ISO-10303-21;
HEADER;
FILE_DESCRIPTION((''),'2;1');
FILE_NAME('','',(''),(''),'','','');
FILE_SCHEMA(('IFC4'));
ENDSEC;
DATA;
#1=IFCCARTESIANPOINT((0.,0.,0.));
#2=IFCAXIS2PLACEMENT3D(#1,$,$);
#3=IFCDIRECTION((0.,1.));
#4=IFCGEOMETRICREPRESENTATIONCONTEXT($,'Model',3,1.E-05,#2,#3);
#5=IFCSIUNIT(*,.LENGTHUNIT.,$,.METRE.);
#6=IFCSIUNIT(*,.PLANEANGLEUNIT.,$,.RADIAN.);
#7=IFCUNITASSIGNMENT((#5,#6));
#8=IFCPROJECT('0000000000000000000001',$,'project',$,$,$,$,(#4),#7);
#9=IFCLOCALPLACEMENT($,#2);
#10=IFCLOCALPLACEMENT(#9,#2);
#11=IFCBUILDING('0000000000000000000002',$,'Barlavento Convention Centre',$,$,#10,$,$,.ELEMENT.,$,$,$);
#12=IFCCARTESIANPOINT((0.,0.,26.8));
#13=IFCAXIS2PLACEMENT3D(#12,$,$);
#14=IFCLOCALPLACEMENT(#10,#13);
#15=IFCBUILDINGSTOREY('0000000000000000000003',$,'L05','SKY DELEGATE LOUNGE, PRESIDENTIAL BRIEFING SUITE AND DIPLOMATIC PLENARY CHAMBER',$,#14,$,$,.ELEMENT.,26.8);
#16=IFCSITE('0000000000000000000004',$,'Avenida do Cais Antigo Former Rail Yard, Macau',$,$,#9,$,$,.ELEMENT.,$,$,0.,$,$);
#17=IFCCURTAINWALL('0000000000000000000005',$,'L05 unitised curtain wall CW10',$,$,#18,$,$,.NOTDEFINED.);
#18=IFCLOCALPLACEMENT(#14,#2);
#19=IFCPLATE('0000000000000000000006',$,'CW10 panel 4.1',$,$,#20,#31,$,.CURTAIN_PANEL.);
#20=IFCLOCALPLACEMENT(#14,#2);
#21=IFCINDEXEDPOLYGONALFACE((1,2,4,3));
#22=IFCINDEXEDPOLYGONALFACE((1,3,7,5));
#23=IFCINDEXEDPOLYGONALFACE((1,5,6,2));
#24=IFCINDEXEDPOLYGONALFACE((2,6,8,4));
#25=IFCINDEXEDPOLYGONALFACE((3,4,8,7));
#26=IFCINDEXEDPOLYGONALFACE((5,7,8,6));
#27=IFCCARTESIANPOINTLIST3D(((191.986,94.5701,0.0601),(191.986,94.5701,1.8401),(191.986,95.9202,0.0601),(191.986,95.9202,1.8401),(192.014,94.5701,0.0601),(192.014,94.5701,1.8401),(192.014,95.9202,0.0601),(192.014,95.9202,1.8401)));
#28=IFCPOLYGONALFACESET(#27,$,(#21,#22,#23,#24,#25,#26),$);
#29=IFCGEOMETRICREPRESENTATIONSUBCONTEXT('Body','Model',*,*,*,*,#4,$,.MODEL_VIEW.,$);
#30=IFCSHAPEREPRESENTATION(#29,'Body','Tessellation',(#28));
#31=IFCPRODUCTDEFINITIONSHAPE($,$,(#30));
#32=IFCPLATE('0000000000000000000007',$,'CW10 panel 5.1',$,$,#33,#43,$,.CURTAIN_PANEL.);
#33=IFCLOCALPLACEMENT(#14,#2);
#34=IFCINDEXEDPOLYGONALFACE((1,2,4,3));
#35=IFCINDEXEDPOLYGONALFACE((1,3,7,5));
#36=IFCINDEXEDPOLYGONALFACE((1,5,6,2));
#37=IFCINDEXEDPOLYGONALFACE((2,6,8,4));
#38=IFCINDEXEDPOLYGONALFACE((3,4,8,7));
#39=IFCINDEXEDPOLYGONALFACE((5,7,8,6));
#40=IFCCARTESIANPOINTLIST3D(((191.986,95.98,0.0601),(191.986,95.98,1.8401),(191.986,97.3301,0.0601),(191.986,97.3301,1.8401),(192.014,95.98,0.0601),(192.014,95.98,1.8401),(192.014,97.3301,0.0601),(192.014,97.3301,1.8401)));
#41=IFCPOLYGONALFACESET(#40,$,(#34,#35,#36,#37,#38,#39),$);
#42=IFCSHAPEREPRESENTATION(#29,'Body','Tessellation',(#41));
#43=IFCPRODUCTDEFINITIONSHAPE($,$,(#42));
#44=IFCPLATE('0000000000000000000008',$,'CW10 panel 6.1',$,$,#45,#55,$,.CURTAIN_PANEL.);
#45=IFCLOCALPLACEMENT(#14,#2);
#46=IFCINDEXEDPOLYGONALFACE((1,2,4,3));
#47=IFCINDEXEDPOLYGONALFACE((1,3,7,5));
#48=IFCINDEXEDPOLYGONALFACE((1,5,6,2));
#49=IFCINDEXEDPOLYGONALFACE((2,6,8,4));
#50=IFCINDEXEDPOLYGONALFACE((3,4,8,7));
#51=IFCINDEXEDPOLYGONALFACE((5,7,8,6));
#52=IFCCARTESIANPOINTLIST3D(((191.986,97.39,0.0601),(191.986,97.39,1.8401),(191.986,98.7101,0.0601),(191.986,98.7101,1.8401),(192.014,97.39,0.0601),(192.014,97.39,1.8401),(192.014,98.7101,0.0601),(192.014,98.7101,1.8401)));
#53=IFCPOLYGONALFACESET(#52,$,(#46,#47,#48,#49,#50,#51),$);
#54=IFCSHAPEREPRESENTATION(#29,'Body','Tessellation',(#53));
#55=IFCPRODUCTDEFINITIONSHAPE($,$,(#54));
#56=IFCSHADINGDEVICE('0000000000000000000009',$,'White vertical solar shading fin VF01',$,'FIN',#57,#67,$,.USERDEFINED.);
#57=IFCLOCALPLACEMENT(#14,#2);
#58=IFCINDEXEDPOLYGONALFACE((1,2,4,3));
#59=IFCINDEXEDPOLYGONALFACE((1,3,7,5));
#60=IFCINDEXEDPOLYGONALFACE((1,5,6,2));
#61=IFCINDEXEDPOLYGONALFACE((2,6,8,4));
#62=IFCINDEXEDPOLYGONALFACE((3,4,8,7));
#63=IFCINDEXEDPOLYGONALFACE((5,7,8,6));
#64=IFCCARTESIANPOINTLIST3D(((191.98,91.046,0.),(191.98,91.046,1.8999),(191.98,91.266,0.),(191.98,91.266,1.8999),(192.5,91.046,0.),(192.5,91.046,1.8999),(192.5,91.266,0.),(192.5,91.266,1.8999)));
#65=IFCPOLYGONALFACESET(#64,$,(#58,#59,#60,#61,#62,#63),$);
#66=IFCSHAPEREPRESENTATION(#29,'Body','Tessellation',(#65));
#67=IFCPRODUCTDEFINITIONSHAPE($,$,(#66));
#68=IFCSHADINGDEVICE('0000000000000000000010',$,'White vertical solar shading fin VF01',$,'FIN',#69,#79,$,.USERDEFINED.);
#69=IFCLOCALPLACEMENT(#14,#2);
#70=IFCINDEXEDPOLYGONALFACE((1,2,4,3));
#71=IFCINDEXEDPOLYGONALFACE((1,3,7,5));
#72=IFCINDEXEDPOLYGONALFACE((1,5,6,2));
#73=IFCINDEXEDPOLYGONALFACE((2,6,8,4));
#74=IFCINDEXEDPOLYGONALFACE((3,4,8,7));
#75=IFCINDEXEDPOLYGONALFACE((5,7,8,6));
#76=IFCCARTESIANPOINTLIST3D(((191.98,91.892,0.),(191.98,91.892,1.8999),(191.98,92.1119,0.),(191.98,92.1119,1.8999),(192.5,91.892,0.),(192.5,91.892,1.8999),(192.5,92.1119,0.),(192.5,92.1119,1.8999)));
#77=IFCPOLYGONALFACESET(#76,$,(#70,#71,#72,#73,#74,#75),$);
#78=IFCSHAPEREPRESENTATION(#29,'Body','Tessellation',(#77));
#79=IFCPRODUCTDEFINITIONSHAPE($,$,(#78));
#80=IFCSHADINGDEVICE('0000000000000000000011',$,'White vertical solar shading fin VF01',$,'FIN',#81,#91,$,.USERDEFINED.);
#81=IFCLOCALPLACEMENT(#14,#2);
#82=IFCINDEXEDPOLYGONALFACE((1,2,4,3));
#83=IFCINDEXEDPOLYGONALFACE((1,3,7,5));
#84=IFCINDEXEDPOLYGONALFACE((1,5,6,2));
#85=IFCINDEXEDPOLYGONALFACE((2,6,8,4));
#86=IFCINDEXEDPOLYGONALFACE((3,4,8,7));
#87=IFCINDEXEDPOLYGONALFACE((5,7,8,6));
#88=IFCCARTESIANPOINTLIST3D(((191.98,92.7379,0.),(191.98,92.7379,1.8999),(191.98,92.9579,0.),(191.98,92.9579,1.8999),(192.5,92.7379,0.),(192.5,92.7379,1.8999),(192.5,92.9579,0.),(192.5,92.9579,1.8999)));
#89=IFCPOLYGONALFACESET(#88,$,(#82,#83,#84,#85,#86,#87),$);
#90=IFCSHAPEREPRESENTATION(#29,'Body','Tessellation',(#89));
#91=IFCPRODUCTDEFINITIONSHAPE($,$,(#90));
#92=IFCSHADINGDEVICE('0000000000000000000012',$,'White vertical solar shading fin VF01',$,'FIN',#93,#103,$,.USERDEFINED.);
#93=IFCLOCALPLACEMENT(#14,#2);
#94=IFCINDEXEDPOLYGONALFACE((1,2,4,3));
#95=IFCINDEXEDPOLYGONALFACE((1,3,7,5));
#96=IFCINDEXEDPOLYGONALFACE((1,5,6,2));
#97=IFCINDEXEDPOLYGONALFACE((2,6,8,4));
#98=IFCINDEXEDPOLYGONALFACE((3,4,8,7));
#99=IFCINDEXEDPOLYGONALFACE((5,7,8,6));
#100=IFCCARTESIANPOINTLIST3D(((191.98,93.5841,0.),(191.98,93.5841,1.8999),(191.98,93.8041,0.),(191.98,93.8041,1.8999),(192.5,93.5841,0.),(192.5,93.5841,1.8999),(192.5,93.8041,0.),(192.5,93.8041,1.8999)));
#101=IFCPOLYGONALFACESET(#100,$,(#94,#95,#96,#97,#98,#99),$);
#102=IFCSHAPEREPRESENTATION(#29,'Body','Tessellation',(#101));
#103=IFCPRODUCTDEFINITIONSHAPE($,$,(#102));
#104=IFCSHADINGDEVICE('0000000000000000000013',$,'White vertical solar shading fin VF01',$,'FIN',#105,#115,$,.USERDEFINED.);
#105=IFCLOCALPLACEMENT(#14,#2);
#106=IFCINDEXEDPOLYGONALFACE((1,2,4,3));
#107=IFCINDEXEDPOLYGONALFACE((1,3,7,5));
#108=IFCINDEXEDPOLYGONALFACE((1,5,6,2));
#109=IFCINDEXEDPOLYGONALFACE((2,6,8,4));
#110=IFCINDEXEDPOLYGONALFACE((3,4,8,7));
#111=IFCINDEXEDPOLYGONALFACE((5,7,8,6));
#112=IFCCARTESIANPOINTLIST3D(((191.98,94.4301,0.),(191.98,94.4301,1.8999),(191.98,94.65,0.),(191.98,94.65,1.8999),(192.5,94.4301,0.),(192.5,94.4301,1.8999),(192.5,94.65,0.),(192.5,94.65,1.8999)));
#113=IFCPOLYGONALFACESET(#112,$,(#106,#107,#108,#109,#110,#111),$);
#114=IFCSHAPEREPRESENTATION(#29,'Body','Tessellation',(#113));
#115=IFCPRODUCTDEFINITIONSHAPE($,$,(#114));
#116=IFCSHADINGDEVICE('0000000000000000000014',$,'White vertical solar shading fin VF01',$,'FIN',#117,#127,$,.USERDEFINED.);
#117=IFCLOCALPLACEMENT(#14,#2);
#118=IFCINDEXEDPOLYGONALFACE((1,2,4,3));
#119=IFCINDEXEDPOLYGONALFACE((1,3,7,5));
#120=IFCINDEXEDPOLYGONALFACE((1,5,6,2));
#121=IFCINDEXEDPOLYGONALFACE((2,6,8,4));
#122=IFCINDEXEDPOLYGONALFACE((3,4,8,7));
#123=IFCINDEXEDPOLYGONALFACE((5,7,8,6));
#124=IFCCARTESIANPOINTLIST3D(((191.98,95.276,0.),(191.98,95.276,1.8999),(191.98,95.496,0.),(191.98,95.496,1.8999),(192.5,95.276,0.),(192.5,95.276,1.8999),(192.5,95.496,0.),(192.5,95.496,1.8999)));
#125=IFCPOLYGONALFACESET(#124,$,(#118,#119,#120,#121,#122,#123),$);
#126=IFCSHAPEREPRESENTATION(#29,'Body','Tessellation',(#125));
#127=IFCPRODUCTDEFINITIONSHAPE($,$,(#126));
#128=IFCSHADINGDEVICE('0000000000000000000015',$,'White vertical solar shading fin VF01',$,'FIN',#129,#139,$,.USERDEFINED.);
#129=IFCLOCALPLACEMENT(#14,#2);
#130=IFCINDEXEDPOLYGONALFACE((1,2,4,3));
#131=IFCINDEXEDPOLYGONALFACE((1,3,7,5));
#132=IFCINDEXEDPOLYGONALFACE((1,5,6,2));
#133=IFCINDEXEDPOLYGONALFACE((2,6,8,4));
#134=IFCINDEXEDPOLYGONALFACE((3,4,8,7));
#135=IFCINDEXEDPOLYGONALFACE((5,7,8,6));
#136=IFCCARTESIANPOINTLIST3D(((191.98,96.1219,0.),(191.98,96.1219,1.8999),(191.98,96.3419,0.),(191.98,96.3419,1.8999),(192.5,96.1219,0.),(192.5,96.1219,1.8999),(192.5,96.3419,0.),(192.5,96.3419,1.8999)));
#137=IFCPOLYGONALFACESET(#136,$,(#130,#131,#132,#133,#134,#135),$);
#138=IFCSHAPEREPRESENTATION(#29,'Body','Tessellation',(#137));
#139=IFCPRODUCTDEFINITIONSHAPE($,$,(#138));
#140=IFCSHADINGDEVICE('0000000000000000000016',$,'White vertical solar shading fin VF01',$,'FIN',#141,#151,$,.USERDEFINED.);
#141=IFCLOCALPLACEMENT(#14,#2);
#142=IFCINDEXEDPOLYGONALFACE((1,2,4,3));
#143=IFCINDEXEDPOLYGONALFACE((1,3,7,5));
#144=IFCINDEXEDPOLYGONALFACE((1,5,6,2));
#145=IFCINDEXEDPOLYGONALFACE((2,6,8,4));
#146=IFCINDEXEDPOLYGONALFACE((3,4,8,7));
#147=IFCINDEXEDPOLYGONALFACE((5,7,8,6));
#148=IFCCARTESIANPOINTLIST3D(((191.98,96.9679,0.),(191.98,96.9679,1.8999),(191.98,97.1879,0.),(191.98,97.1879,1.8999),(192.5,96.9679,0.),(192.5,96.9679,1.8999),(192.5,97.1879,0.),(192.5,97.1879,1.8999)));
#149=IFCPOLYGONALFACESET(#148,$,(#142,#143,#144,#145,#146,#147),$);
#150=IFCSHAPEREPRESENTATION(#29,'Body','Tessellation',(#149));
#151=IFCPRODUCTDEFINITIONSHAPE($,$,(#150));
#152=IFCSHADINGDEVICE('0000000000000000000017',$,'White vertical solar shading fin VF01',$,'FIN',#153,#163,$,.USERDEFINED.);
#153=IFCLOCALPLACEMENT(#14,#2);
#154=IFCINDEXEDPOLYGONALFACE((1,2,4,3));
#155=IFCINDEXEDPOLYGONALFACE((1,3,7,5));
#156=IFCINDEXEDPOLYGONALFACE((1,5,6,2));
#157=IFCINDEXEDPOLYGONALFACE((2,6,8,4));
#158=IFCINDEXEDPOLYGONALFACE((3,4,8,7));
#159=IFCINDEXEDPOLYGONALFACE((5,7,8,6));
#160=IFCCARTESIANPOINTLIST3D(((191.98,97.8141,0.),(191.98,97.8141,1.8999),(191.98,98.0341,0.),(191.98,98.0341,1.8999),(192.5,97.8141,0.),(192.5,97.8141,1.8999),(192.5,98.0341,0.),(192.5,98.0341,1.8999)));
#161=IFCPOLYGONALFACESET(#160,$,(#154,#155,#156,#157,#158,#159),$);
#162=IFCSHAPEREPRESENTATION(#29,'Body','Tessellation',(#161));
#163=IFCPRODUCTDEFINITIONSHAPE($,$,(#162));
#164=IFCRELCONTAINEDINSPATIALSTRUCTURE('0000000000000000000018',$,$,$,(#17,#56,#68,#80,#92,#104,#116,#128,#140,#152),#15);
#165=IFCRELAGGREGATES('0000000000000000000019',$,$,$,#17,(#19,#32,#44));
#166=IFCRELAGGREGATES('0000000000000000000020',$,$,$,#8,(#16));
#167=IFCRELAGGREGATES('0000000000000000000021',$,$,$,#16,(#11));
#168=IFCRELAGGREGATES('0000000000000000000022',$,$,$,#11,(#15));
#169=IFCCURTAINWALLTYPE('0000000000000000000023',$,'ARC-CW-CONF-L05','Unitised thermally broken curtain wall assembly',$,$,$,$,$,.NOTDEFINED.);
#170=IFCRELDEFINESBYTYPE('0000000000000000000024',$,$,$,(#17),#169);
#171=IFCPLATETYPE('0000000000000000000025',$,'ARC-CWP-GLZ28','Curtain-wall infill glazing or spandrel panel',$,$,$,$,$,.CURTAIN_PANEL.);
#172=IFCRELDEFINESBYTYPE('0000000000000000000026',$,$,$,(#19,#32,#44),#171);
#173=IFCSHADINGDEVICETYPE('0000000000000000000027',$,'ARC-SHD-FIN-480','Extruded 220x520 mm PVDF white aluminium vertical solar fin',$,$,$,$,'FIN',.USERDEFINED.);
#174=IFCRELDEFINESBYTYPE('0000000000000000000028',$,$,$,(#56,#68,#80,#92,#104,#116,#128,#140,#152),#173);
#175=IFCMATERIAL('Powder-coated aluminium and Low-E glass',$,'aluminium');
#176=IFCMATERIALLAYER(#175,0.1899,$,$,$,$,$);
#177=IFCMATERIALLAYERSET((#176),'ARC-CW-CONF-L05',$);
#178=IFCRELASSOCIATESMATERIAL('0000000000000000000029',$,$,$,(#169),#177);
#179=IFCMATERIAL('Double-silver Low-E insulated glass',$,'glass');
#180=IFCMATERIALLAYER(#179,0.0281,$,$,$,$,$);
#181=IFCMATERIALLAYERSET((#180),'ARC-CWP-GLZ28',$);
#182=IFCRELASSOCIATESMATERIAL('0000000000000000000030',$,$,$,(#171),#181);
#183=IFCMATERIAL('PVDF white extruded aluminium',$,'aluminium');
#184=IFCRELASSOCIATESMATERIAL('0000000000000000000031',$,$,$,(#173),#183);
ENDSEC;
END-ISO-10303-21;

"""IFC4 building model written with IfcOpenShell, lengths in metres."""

from ifc_helpers import new_model, si_unit, direction, frame, origin, origin_2d, place, context, subcontext, project, spatial, rectangle, extrude, material, layer, layer_set, type_object, element, aggregate, save


model = new_model("IFC4")

# Units and contexts
model_context = context("Model", 3, precision=1e-05, world=origin(), true_north=direction((0.0, 1.0)))
body_context = subcontext(model_context, "Body", "Model", "MODEL_VIEW")
ifc_project = project(units=[si_unit("LENGTHUNIT", "METRE"), si_unit("PLANEANGLEUNIT", "RADIAN")], contexts=[model_context])

# Site, building, storey
site_placement = place(None, origin())
site = spatial("IfcSite", under=ifc_project, at=site_placement, Name="Avenida do Cais Antigo Former Rail Yard, Macau", CompositionType="ELEMENT", RefElevation=0.0)
building_placement = place(site_placement, origin())
building = spatial("IfcBuilding", under=site, at=building_placement, Name="Barlavento Convention Centre", CompositionType="ELEMENT")
storey_placement = place(building_placement, frame((0.0, 0.0, 26.8)))
storey = spatial("IfcBuildingStorey", under=building, at=storey_placement, Name="L05", Description="SKY DELEGATE LOUNGE, PRESIDENTIAL BRIEFING SUITE AND DIPLOMATIC PLENARY CHAMBER", CompositionType="ELEMENT", Elevation=26.8)

# Curtain wall, plates
ifc_material_1 = material(Name="Powder-coated aluminium and Low-E glass", Category="aluminium")
ifc_layer_1 = layer(ifc_material_1, 0.1899)
ifc_layer_set_1 = layer_set([ifc_layer_1], Name="ARC-CW-CONF-L05")
curtain_wall_type = type_object("IfcCurtainWallType", Name="ARC-CW-CONF-L05", Description="Unitised thermally broken curtain wall assembly", PredefinedType="NOTDEFINED", material=ifc_layer_set_1)
curtain_wall_placement = place(storey_placement, origin())
curtain_wall = element("IfcCurtainWall", 1, at=curtain_wall_placement, inside=storey, type_object=curtain_wall_type, Name="L05 unitised curtain wall CW10", PredefinedType="NOTDEFINED")
ifc_material_2 = material(Name="Double-silver Low-E insulated glass", Category="glass")
ifc_layer_2 = layer(ifc_material_2, 0.0281)
ifc_layer_set_2 = layer_set([ifc_layer_2], Name="ARC-CWP-GLZ28")
plate_type = type_object("IfcPlateType", Name="ARC-CWP-GLZ28", Description="Curtain-wall infill glazing or spandrel panel", PredefinedType="CURTAIN_PANEL", material=ifc_layer_set_2)
plate_1_placement = place(storey_placement, frame((192.0, 95.2451, 0.0601), z_axis=(0.0, 0.0, 1.0), x_axis=(0.0, 1.0, 0.0)))
plate_1 = element("IfcPlate", 2, at=plate_1_placement, type_object=plate_type, Name="CW10 panel 4.1", PredefinedType="CURTAIN_PANEL", context=body_context, shape_type="SweptSolid", body=[
    extrude(rectangle(XDim=1.3501, YDim=0.0281, at=origin_2d()), origin(), (0.0, 0.0, 1.0), 1.78),
])
plate_2_placement = place(storey_placement, frame((192.0, 96.655, 0.0601), z_axis=(0.0, 0.0, 1.0), x_axis=(0.0, 1.0, 0.0)))
plate_2 = element("IfcPlate", 3, at=plate_2_placement, type_object=plate_type, Name="CW10 panel 5.1", PredefinedType="CURTAIN_PANEL", context=body_context, shape_type="SweptSolid", body=[
    extrude(rectangle(XDim=1.3501, YDim=0.0281, at=origin_2d()), origin(), (0.0, 0.0, 1.0), 1.78),
])
plate_3_placement = place(storey_placement, frame((192.0, 98.05, 0.0601), z_axis=(0.0, 0.0, 1.0), x_axis=(0.0, 1.0, 0.0)))
plate_3 = element("IfcPlate", 4, at=plate_3_placement, type_object=plate_type, Name="CW10 panel 6.1", PredefinedType="CURTAIN_PANEL", context=body_context, shape_type="SweptSolid", body=[
    extrude(rectangle(XDim=1.3201, YDim=0.0281, at=origin_2d()), origin(), (0.0, 0.0, 1.0), 1.78),
])
aggregate(curtain_wall, [plate_1, plate_2, plate_3])

# Shading devices
ifc_material_3 = material(Name="PVDF white extruded aluminium", Category="aluminium")
shading_device_type = type_object("IfcShadingDeviceType", Name="ARC-SHD-FIN-480", Description="Extruded 220x520 mm PVDF white aluminium vertical solar fin", ElementType="FIN", PredefinedType="USERDEFINED", material=ifc_material_3)
for number, where, z_axis, x_axis, name in (
    (5, (192.24, 91.156, 0.0), (0.0, 0.0, 1.0), (0.0, 1.0, 0.0), "White vertical solar shading fin VF01"),
    (6, (192.24, 92.002, 0.0), (0.0, 0.0, 1.0), (0.0, 1.0, 0.0), "White vertical solar shading fin VF01"),
    (7, (192.24, 92.8479, 0.0), (0.0, 0.0, 1.0), (0.0, 1.0, 0.0), "White vertical solar shading fin VF01"),
    (8, (192.24, 93.6941, 0.0), (0.0, 0.0, 1.0), (0.0, 1.0, 0.0), "White vertical solar shading fin VF01"),
    (9, (192.24, 94.54, 0.0), (0.0, 0.0, 1.0), (0.0, 1.0, 0.0), "White vertical solar shading fin VF01"),
    (10, (192.24, 95.386, 0.0), (0.0, 0.0, 1.0), (0.0, 1.0, 0.0), "White vertical solar shading fin VF01"),
    (11, (192.24, 96.2319, 0.0), (0.0, 0.0, 1.0), (0.0, 1.0, 0.0), "White vertical solar shading fin VF01"),
    (12, (192.24, 97.0779, 0.0), (0.0, 0.0, 1.0), (0.0, 1.0, 0.0), "White vertical solar shading fin VF01"),
    (13, (192.24, 97.9241, 0.0), (0.0, 0.0, 1.0), (0.0, 1.0, 0.0), "White vertical solar shading fin VF01"),
):
    element("IfcShadingDevice", number, at=place(storey_placement, frame(where, z_axis=z_axis, x_axis=x_axis)), inside=storey, type_object=shading_device_type, Name=name, ObjectType="FIN", PredefinedType="USERDEFINED", context=body_context, shape_type="SweptSolid", body=[
        extrude(rectangle(XDim=0.22, YDim=0.52, at=origin_2d()), origin(), (0.0, 0.0, 1.0), 1.8999),
    ])

save(model, "model.ifc")
